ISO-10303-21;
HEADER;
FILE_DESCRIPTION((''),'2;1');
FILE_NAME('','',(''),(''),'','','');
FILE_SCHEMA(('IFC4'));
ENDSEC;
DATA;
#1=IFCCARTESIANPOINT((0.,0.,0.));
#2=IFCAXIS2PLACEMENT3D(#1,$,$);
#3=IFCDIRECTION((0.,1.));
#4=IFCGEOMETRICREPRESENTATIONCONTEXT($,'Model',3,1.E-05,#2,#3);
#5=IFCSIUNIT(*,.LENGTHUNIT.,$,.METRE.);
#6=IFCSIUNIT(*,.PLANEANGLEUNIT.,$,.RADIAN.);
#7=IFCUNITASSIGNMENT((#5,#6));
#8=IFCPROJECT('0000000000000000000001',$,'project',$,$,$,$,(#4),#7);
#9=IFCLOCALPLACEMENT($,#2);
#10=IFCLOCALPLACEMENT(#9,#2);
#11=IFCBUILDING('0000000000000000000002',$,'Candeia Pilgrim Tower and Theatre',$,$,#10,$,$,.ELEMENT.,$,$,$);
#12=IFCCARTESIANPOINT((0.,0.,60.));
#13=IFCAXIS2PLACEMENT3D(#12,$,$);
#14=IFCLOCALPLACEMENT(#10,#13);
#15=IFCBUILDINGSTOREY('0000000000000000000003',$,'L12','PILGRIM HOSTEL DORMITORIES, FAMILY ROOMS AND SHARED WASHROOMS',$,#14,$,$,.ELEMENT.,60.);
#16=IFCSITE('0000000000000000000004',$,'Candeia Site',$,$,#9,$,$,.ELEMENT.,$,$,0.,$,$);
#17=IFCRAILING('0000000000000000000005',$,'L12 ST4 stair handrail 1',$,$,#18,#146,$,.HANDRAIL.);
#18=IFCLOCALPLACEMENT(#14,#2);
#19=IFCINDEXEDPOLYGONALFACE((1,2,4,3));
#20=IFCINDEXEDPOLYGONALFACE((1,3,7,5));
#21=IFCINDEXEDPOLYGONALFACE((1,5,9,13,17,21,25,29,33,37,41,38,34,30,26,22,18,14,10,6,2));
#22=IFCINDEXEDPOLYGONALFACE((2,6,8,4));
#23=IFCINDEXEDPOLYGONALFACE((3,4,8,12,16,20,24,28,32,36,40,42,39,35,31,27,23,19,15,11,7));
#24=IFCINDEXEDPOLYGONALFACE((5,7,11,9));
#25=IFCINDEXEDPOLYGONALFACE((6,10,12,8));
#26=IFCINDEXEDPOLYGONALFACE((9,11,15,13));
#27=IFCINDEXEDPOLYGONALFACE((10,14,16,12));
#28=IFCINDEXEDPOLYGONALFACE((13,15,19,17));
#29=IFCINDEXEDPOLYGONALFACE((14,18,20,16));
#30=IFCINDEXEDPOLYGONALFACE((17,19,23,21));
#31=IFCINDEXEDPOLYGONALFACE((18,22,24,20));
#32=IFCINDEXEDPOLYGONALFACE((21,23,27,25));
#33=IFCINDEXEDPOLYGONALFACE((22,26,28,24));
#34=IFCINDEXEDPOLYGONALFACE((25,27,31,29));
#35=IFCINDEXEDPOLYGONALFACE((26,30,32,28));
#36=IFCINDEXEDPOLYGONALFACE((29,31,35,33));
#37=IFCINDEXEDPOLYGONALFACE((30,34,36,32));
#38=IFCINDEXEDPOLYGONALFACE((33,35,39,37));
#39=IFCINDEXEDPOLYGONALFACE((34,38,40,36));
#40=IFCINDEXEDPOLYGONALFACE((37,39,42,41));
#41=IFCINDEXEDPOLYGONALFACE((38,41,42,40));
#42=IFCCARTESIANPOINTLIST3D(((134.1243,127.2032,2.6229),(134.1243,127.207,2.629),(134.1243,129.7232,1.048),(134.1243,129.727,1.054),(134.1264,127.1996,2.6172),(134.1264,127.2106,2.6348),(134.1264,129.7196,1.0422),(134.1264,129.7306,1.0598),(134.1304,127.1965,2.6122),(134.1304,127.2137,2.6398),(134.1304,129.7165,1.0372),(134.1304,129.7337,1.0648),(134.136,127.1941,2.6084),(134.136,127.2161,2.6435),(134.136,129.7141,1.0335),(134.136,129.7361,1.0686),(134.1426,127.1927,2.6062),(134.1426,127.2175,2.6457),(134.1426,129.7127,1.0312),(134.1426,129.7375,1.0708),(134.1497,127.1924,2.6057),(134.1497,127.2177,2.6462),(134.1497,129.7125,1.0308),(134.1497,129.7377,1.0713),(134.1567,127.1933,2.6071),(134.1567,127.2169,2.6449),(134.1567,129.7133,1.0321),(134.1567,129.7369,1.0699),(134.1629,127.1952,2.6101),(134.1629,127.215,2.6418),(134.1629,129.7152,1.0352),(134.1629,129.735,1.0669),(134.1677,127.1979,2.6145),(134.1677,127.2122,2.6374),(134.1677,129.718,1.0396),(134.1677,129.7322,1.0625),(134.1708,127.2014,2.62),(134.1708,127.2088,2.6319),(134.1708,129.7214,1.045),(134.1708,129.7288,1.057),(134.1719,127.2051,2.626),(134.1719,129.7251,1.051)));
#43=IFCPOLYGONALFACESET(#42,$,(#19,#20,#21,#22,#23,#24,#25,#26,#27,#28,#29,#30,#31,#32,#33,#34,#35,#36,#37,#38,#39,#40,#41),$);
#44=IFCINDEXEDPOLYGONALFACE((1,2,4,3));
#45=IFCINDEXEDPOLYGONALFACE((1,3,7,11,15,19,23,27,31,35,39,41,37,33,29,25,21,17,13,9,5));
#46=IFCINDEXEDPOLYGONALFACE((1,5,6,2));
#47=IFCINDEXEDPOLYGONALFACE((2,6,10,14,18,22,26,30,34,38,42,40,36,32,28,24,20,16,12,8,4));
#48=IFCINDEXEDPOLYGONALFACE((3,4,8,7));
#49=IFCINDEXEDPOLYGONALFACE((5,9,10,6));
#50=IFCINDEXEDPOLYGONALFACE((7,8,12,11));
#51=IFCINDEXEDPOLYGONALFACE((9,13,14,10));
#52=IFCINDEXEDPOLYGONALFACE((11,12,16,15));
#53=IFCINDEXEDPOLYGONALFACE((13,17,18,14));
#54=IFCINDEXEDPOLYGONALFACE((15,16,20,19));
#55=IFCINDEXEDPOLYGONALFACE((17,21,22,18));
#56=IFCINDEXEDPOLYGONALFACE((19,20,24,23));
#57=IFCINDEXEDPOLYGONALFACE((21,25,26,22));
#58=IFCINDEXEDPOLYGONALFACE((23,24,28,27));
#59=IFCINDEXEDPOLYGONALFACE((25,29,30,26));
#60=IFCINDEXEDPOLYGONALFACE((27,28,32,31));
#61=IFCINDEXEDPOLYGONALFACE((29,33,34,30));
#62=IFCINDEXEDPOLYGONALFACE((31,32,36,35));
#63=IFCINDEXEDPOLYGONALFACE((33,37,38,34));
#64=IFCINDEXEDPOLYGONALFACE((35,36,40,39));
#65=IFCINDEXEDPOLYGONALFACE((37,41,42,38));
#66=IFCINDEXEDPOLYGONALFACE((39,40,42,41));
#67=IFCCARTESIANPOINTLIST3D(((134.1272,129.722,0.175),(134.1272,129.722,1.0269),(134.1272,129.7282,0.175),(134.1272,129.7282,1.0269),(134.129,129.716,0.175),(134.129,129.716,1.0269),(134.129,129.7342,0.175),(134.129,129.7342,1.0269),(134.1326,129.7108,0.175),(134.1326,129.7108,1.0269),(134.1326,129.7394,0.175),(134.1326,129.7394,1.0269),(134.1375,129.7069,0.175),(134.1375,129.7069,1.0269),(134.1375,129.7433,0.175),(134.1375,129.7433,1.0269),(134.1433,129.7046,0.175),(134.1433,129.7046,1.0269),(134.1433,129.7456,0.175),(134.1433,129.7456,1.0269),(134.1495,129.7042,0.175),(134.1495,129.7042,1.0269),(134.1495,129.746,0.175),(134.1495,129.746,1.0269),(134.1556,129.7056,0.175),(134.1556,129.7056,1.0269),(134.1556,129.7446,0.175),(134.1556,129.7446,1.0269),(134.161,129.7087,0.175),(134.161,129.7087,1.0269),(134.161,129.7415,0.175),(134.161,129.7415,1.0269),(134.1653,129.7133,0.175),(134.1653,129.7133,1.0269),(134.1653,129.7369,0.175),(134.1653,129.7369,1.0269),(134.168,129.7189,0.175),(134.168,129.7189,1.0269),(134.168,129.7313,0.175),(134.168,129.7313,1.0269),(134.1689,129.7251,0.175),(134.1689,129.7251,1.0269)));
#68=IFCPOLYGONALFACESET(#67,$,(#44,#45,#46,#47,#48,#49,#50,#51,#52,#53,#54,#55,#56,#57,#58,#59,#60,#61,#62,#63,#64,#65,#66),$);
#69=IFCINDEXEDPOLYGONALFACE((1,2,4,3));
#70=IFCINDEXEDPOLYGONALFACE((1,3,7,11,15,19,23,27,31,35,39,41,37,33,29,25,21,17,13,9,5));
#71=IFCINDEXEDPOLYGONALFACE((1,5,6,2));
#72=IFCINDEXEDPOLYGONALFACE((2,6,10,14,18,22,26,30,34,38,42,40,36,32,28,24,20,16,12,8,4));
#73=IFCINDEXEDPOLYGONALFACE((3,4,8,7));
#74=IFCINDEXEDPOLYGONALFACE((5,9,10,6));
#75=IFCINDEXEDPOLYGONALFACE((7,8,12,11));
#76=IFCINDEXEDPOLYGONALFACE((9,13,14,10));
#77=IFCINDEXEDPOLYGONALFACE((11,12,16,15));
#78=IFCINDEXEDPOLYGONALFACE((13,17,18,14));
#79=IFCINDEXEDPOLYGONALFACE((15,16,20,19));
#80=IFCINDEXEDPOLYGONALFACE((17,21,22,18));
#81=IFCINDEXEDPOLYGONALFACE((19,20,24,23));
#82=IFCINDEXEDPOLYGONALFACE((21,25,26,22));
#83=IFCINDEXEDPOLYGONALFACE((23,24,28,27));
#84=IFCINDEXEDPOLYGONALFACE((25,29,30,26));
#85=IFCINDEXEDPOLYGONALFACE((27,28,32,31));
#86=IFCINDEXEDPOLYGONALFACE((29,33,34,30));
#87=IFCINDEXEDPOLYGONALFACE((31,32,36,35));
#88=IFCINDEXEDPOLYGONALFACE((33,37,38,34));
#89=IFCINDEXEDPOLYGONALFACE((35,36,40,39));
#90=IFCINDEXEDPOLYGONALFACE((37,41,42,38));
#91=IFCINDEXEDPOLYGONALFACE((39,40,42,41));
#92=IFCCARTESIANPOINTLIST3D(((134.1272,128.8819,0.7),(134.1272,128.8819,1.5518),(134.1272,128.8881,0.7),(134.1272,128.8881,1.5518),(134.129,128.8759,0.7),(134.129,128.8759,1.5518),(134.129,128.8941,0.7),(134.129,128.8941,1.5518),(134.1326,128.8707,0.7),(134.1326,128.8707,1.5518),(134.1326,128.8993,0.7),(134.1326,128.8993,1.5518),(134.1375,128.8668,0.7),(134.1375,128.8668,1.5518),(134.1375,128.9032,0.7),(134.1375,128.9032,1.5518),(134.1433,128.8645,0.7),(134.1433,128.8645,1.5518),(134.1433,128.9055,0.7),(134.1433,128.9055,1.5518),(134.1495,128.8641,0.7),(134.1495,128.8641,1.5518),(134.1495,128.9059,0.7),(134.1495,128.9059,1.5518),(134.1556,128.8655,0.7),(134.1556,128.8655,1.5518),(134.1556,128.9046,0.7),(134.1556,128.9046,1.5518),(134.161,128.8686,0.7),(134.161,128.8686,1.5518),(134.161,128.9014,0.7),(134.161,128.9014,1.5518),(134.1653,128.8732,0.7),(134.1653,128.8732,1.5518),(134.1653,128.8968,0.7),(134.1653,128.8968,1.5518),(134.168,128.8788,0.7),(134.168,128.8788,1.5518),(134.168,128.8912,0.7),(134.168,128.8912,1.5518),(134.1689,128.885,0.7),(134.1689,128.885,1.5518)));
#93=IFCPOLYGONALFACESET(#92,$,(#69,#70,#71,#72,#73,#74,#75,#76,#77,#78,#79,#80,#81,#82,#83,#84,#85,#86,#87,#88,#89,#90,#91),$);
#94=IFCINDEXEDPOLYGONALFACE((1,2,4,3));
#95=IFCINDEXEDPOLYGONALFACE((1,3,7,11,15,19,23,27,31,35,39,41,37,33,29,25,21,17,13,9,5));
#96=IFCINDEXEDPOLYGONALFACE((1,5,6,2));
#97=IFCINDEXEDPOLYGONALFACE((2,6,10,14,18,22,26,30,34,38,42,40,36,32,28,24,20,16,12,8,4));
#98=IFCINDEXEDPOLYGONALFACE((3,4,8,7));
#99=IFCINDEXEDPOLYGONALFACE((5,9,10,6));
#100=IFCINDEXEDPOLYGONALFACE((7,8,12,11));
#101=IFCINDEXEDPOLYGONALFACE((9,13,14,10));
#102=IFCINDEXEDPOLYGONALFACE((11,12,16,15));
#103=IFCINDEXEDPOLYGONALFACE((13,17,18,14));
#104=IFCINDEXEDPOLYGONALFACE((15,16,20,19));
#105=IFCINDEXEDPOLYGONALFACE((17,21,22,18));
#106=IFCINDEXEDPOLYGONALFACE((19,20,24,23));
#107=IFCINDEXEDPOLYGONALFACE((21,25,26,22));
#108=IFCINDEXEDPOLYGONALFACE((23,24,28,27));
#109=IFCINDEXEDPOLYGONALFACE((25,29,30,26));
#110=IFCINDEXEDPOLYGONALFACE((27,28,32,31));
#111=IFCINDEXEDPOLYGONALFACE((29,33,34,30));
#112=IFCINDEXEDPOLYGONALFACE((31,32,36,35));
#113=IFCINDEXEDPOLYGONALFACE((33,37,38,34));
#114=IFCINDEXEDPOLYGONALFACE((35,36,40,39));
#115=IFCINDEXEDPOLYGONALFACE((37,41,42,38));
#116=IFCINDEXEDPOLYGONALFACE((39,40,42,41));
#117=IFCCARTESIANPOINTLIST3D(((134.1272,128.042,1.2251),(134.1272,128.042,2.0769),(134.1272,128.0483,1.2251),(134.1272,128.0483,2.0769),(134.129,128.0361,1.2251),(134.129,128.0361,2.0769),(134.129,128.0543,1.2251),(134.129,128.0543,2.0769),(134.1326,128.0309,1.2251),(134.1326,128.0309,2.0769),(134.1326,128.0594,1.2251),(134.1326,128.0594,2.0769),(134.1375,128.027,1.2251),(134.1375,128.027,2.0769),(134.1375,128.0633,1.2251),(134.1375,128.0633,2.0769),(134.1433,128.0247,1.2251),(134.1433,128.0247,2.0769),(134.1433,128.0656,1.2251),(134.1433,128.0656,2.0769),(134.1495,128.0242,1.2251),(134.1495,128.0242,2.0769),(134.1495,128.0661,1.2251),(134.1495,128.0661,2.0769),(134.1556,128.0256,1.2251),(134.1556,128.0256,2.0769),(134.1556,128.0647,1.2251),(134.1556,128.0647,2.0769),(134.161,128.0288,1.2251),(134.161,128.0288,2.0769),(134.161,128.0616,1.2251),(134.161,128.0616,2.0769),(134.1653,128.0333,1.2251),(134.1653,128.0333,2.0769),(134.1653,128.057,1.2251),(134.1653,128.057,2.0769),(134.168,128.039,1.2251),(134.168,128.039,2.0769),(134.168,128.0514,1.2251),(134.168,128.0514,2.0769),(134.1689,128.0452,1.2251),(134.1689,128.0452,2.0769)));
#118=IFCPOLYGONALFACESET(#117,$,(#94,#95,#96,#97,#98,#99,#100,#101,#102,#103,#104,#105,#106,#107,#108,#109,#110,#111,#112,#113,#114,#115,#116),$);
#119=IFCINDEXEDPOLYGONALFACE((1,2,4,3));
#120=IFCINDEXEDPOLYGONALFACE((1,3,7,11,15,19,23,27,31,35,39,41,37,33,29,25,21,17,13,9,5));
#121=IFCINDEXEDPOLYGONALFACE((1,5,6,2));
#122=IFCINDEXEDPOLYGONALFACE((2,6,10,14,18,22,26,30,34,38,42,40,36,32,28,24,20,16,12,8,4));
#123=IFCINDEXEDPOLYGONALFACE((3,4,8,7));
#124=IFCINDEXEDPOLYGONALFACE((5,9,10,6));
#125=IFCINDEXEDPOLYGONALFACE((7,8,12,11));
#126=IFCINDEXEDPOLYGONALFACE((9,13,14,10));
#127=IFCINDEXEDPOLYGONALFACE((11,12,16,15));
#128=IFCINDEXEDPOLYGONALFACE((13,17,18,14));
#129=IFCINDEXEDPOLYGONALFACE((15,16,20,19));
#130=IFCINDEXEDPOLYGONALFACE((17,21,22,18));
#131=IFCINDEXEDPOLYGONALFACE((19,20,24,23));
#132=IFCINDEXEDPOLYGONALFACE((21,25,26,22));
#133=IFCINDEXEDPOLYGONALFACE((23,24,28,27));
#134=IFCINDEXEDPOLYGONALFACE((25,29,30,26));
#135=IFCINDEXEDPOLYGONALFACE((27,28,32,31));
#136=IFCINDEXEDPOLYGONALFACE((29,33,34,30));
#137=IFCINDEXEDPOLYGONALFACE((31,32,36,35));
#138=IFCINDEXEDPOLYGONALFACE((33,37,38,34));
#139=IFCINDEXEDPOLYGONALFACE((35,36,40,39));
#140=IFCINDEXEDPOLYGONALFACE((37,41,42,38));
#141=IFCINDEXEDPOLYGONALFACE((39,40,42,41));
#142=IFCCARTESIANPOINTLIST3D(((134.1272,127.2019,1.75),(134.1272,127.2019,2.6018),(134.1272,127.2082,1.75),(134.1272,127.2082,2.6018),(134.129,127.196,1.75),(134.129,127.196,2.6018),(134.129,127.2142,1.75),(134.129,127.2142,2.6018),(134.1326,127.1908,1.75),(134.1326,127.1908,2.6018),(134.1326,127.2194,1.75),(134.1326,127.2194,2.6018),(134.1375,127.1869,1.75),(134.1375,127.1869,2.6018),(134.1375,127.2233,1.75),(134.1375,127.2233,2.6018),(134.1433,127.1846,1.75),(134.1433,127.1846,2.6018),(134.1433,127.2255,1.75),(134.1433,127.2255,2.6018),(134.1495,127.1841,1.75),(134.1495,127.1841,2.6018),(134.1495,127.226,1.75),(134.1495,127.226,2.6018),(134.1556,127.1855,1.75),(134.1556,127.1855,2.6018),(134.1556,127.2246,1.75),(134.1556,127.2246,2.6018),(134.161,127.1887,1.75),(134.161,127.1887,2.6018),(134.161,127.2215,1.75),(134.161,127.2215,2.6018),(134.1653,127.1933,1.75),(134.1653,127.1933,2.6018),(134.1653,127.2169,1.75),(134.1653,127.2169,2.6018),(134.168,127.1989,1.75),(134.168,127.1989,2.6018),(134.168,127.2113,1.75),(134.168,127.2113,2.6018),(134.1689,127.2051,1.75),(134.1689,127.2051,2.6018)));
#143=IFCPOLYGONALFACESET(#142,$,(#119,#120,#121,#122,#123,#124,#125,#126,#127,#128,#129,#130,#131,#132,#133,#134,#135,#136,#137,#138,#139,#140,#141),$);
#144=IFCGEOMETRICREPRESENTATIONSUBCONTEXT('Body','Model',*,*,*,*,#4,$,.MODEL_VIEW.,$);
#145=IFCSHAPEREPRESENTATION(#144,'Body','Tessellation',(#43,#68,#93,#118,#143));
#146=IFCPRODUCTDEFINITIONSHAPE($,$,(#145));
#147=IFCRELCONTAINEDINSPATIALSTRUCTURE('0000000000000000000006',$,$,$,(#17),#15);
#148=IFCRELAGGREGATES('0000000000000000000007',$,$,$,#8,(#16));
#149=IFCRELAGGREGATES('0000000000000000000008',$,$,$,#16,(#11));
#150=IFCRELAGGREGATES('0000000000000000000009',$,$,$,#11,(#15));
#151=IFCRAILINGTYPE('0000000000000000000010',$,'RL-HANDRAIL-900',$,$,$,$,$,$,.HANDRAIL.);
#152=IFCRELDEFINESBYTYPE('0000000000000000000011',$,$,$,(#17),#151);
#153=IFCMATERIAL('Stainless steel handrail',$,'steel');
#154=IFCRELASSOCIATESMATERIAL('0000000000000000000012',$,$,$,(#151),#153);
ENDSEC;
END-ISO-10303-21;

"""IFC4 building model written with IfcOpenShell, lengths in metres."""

from ifc_helpers import new_model, si_unit, direction, frame, origin, origin_2d, place, context, subcontext, project, spatial, circle, extrude, material, type_object, element, save


model = new_model("IFC4")

# Units and contexts
model_context = context("Model", 3, precision=1e-05, world=origin(), true_north=direction((0.0, 1.0)))
body_context = subcontext(model_context, "Body", "Model", "MODEL_VIEW")
ifc_project = project(units=[si_unit("LENGTHUNIT", "METRE"), si_unit("PLANEANGLEUNIT", "RADIAN")], contexts=[model_context])

# Site, building, storey
site_placement = place(None, origin())
site = spatial("IfcSite", under=ifc_project, at=site_placement, Name="Candeia Site", CompositionType="ELEMENT", RefElevation=0.0)
building_placement = place(site_placement, origin())
building = spatial("IfcBuilding", under=site, at=building_placement, Name="Candeia Pilgrim Tower and Theatre", CompositionType="ELEMENT")
storey_placement = place(building_placement, frame((0.0, 0.0, 60.0)))
storey = spatial("IfcBuildingStorey", under=building, at=storey_placement, Name="L12", Description="PILGRIM HOSTEL DORMITORIES, FAMILY ROOMS AND SHARED WASHROOMS", CompositionType="ELEMENT", Elevation=60.0)

# Railing
ifc_material_1 = material(Name="Stainless steel handrail", Category="steel")
railing_type_1 = type_object("IfcRailingType", Name="RL-HANDRAIL-900", PredefinedType="HANDRAIL", material=ifc_material_1)
railing_1_placement = place(storey_placement, frame((134.1479, 129.7251, 0.175)))
element("IfcRailing", 1, at=railing_1_placement, inside=storey, type_object=railing_type_1, Name="L12 ST4 stair handrail 1", PredefinedType="HANDRAIL", context=body_context, shape_type="SweptSolid", body=[
    extrude(circle(Radius=0.0239, at=origin_2d()), frame((0.0, 0.0, 0.876), z_axis=(0.0, -0.848008, 0.529984), x_axis=(1.0, 0.0, 0.0)), (0.0, 0.0, 1.0), 2.9717),
    extrude(circle(Radius=0.021, at=origin_2d()), origin(), (0.0, 0.0, 1.0), 0.8518),
    extrude(circle(Radius=0.021, at=origin_2d()), frame((0.0, -0.8401, 0.5249)), (0.0, 0.0, 1.0), 0.8518),
    extrude(circle(Radius=0.021, at=origin_2d()), frame((0.0, -1.6799, 1.05)), (0.0, 0.0, 1.0), 0.8518),
    extrude(circle(Radius=0.021, at=origin_2d()), frame((0.0, -2.52, 1.575)), (0.0, 0.0, 1.0), 0.8518),
])

save(model, "model.ifc")
